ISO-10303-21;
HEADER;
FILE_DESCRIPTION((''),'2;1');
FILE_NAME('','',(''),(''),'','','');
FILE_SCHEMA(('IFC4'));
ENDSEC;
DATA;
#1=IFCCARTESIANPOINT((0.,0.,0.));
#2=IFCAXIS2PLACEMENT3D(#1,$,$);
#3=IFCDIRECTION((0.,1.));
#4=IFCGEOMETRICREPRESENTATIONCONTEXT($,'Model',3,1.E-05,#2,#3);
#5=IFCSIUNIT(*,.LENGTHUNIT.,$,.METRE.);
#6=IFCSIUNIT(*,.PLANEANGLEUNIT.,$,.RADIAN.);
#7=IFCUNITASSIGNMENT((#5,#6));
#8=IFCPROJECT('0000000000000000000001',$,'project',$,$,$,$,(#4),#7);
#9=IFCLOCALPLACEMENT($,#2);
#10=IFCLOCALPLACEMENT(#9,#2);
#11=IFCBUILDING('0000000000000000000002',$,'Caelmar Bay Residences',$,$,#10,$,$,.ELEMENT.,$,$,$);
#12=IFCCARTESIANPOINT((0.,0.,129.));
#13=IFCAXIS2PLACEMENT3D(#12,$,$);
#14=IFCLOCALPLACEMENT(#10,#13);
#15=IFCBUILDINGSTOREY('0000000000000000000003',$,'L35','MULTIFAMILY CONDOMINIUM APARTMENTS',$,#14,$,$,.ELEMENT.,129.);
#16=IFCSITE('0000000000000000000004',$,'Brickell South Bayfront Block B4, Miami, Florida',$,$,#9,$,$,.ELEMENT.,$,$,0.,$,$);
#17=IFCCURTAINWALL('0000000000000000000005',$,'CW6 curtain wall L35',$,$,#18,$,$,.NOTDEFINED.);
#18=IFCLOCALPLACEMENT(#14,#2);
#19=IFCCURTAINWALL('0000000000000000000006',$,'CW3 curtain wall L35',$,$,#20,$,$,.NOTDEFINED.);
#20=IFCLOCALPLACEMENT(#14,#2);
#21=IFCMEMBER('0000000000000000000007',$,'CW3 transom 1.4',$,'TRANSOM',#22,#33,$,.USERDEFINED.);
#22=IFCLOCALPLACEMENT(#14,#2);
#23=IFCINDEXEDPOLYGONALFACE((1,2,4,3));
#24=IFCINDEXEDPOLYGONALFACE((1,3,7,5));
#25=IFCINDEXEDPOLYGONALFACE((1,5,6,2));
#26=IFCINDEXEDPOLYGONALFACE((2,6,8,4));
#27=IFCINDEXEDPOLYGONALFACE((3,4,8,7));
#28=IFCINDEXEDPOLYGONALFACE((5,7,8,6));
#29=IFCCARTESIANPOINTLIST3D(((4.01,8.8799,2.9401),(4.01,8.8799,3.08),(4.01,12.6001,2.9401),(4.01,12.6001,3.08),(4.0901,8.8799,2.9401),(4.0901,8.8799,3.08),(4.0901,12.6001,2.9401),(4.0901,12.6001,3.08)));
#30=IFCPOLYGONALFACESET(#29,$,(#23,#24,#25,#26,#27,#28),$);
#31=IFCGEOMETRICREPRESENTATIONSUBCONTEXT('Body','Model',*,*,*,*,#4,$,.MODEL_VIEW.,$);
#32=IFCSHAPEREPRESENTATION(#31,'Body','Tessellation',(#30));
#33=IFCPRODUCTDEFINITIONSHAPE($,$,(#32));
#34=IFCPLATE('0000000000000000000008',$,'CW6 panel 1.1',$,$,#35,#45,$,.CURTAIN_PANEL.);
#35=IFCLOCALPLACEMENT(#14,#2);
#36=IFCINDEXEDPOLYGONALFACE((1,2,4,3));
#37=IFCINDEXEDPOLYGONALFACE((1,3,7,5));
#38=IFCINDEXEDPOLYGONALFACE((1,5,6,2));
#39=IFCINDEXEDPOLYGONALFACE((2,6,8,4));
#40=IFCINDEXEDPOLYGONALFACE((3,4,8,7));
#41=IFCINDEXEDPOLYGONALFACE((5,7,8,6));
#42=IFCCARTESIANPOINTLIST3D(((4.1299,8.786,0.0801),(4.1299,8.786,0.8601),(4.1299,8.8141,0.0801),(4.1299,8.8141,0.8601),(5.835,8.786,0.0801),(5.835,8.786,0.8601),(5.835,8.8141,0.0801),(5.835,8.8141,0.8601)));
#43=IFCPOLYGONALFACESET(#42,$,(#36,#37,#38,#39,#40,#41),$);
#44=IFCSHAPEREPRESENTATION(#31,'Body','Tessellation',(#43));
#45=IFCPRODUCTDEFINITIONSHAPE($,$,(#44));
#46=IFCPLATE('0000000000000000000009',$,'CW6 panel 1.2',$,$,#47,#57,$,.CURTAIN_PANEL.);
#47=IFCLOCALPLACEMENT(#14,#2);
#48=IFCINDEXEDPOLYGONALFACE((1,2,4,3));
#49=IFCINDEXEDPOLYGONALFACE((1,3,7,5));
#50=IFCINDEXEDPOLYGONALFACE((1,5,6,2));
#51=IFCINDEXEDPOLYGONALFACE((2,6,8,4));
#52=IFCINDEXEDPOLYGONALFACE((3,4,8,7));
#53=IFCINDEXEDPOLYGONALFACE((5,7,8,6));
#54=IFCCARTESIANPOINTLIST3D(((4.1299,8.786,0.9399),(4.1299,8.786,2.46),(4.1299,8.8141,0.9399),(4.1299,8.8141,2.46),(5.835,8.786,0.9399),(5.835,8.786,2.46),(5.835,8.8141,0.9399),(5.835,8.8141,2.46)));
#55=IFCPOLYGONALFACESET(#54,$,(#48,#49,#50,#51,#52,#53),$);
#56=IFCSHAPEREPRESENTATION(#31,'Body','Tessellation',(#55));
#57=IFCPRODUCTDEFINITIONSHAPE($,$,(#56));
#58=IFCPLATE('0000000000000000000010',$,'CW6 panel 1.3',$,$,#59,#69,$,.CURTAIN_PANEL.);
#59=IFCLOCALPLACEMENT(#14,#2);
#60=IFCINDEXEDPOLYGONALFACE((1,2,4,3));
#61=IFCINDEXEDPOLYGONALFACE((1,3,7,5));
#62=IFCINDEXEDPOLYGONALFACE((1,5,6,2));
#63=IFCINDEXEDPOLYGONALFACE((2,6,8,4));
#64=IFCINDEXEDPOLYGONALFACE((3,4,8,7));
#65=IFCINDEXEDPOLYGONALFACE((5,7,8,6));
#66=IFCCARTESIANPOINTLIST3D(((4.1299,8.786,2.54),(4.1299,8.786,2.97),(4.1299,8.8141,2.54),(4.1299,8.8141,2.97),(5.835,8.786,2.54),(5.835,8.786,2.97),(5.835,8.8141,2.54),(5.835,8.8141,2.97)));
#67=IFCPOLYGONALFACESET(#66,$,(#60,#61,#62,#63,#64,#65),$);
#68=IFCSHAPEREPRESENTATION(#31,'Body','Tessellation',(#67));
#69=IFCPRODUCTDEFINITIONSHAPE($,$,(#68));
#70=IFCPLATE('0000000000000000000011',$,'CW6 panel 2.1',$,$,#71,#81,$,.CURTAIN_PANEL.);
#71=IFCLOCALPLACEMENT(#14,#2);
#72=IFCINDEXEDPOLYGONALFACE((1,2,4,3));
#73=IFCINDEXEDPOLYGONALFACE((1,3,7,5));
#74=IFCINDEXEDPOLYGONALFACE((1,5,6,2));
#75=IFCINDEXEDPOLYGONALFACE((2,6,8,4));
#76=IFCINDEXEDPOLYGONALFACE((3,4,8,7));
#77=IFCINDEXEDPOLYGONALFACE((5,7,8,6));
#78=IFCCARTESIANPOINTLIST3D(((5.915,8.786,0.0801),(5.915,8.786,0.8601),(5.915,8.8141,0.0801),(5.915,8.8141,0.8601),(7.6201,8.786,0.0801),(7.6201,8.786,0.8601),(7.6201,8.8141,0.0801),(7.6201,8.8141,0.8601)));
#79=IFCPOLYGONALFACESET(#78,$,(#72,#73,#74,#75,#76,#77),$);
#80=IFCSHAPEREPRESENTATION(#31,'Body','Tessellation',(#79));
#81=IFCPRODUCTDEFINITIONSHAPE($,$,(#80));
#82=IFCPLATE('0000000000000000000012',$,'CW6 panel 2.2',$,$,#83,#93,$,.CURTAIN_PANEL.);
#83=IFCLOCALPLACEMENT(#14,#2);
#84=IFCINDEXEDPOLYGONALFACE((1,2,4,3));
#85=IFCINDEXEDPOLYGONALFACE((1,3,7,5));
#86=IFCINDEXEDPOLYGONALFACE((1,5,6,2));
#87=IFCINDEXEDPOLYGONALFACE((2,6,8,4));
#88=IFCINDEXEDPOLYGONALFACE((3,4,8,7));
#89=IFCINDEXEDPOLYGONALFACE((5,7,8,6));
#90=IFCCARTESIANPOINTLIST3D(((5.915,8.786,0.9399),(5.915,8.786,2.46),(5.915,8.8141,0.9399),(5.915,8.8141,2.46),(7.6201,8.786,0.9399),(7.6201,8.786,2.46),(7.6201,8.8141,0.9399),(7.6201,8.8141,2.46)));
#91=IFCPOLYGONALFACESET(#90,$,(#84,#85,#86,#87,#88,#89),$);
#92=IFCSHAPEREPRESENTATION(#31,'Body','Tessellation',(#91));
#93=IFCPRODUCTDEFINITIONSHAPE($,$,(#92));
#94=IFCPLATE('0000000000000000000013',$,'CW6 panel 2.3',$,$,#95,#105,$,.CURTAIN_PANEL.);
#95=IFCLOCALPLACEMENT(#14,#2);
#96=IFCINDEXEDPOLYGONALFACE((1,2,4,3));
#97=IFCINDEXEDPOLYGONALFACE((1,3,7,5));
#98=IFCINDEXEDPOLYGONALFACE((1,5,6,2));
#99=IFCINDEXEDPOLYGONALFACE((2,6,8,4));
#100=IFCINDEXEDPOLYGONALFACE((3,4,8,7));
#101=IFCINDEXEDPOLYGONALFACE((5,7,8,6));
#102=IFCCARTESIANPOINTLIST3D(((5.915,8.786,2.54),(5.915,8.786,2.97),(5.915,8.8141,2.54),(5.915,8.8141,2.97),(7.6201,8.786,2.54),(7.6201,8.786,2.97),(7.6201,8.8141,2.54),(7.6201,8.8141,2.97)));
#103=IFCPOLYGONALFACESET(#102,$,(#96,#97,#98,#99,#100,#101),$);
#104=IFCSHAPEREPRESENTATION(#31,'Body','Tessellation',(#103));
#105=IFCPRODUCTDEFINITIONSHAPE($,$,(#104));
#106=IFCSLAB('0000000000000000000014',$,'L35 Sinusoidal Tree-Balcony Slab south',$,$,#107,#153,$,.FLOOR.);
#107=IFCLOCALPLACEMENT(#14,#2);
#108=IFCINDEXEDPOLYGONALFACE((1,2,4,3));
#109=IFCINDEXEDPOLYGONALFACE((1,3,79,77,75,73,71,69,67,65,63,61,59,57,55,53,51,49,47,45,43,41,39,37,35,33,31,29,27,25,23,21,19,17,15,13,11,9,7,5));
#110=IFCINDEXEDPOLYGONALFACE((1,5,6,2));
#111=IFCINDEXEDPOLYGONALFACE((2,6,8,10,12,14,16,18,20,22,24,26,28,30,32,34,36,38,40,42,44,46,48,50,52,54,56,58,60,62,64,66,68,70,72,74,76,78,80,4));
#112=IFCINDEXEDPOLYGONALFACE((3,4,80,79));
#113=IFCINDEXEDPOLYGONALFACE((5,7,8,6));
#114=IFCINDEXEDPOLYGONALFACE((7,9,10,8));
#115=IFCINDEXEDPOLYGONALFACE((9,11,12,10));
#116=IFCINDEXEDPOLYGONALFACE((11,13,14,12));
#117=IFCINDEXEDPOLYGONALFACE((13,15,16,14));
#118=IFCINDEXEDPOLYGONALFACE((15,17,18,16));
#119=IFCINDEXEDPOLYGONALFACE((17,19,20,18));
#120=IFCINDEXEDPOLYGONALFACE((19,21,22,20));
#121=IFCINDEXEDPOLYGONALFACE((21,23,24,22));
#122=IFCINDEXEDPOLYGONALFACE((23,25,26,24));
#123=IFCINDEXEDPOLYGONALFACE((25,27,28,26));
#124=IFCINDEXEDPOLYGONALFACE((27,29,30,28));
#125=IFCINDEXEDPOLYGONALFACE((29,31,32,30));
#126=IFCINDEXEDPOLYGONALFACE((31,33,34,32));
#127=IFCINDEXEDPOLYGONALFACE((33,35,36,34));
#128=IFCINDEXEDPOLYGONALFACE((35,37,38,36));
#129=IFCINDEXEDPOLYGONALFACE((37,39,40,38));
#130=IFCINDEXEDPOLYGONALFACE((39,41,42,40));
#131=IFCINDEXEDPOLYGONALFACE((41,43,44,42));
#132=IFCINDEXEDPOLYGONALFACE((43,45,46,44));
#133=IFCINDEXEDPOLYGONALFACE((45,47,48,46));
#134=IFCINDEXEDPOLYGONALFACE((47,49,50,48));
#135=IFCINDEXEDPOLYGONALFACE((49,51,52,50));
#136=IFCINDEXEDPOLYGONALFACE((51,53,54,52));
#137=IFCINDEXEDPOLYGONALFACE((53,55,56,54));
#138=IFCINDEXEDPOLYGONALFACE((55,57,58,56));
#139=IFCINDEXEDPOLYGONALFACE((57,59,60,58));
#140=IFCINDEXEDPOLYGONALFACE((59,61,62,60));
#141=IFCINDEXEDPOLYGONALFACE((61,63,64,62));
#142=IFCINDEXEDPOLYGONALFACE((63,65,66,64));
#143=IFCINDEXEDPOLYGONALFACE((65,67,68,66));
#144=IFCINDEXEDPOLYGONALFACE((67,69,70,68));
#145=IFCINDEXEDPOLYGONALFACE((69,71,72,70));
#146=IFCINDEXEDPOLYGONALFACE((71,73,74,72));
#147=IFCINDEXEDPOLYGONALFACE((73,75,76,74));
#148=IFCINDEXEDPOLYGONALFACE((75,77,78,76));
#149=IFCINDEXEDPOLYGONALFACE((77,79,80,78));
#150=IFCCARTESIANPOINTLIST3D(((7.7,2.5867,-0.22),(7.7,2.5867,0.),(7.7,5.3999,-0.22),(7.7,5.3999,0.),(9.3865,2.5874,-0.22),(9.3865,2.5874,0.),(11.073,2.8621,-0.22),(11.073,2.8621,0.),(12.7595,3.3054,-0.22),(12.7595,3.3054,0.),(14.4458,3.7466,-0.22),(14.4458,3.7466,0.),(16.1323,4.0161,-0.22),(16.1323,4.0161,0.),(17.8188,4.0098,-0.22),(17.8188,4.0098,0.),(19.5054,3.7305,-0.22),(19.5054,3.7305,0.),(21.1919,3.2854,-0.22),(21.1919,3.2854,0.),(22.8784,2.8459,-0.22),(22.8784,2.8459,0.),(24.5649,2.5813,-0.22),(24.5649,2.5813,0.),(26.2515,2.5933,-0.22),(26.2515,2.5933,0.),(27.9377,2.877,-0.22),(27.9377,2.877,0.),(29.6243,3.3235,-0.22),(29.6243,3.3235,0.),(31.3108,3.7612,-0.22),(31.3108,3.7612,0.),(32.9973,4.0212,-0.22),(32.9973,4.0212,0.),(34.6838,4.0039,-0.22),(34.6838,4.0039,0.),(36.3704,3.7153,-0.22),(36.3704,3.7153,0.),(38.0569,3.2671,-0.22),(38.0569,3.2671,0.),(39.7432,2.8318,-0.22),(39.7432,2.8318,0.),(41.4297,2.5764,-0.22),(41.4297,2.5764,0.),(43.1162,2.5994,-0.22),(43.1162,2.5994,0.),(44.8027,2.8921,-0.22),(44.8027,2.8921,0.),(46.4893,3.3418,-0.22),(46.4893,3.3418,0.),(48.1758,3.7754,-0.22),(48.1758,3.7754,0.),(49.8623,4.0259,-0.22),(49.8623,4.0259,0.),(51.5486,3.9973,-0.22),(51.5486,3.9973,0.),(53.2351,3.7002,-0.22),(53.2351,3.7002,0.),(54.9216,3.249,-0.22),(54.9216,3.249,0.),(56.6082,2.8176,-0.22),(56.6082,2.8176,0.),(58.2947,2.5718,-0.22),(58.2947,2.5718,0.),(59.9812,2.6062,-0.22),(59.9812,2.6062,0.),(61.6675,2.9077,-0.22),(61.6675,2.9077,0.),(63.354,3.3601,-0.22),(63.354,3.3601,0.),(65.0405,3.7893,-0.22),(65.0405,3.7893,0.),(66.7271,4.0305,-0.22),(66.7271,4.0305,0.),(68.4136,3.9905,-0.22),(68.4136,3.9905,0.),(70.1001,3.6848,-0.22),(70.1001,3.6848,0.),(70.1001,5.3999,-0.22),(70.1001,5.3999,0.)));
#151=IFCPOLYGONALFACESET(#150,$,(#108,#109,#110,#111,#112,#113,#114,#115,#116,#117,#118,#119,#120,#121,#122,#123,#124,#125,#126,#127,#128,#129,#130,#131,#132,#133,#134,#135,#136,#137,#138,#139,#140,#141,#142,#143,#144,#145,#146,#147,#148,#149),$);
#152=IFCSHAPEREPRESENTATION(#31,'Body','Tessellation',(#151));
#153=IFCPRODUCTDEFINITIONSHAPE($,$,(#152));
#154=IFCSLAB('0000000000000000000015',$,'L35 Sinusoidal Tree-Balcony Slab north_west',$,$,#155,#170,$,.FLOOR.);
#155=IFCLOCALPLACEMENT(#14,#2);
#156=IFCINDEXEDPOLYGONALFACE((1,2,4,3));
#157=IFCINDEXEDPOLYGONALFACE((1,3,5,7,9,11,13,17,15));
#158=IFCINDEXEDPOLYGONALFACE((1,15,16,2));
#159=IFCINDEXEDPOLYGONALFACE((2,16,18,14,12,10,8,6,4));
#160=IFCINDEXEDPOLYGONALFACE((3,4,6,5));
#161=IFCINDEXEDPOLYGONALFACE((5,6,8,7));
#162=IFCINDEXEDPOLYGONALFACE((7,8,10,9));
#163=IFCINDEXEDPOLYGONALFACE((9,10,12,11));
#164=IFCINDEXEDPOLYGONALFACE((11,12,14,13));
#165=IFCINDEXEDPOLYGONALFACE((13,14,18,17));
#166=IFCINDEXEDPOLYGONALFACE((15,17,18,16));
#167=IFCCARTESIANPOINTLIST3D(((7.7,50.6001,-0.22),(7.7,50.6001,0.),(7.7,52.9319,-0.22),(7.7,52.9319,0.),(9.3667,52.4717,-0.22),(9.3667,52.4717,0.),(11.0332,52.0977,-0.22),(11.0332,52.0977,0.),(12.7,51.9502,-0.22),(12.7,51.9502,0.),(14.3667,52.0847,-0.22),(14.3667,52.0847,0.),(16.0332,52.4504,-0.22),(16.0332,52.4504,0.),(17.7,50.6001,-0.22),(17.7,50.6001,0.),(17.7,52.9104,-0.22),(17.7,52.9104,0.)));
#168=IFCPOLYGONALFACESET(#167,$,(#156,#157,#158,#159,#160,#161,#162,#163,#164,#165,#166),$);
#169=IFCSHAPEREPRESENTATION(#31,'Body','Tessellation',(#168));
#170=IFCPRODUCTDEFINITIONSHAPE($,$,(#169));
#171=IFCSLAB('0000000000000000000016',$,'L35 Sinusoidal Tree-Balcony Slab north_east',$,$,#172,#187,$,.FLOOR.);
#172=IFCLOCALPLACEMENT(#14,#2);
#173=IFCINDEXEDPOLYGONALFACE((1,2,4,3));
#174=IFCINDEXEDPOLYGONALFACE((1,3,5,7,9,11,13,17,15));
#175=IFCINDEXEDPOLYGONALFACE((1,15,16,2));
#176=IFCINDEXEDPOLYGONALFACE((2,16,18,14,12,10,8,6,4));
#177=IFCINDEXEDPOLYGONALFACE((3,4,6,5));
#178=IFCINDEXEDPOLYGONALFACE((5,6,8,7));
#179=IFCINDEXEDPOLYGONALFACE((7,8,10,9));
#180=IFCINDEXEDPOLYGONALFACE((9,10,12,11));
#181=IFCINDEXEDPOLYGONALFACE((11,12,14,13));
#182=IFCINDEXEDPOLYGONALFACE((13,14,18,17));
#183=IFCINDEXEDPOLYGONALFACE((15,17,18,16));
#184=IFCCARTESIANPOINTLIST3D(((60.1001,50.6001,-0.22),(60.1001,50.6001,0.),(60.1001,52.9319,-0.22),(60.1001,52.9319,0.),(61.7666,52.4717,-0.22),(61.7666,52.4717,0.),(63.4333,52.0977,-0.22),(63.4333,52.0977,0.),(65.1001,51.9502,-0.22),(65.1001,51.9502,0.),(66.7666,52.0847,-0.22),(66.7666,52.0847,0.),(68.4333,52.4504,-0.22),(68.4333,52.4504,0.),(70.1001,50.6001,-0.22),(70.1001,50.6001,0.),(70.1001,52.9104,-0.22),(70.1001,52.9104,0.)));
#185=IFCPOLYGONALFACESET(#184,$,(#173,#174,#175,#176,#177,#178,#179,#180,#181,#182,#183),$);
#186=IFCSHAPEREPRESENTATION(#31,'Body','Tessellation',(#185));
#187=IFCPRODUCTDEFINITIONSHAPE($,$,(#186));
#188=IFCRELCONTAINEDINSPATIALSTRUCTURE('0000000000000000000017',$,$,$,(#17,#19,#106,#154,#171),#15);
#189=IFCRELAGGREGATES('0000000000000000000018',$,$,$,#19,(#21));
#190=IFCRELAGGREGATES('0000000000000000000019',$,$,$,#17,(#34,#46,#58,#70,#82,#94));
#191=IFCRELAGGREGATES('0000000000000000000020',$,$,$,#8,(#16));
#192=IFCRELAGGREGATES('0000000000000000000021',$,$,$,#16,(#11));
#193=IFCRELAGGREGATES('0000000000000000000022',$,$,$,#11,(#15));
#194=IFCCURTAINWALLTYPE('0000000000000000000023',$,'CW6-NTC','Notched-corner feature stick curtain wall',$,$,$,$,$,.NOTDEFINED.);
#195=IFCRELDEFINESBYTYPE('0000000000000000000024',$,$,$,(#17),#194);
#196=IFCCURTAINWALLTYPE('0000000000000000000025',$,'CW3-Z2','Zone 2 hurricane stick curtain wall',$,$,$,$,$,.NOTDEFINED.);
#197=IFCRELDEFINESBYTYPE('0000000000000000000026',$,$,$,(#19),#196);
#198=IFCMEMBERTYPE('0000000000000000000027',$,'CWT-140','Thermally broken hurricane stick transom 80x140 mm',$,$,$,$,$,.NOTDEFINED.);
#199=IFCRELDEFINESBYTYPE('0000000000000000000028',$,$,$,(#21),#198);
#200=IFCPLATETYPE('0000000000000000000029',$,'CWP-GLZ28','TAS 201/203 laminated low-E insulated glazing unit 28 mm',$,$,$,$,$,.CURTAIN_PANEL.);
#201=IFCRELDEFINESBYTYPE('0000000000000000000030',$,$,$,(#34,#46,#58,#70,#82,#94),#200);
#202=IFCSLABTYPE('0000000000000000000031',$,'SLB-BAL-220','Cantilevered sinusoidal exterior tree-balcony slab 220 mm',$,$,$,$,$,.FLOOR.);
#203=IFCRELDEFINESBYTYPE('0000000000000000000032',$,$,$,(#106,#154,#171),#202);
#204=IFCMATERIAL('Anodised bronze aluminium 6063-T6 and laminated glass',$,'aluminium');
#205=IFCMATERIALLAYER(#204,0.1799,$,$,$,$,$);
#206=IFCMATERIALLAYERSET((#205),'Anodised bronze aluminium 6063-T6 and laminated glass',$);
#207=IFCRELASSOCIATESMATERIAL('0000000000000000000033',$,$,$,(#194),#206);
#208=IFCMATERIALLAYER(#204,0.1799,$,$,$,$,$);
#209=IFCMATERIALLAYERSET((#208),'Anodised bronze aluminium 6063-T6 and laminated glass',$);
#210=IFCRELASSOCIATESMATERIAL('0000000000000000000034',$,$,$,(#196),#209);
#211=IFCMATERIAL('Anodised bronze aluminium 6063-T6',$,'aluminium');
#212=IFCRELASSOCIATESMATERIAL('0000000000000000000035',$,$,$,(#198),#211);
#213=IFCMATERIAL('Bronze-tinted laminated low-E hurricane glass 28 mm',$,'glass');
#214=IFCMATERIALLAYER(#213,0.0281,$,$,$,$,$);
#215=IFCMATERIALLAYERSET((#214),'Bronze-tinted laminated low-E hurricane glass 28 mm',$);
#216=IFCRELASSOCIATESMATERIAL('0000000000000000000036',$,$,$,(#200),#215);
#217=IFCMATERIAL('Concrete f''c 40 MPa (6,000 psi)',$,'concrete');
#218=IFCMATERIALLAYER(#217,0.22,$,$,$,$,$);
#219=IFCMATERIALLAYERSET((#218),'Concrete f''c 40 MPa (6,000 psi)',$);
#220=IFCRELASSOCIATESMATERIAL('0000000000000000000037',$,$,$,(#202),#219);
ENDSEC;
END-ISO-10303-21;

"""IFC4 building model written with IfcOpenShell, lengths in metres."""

from ifc_helpers import new_model, si_unit, direction, frame, origin, origin_2d, place, context, subcontext, project, spatial, polyline, rectangle, outline, extrude, material, layer, layer_set, material_profile, profile_set, type_object, element, aggregate, save


model = new_model("IFC4")

# Units and contexts
model_context = context("Model", 3, precision=1e-05, world=origin(), true_north=direction((0.0, 1.0)))
body_context = subcontext(model_context, "Body", "Model", "MODEL_VIEW")
ifc_project = project(units=[si_unit("LENGTHUNIT", "METRE"), si_unit("PLANEANGLEUNIT", "RADIAN")], contexts=[model_context])

# Site, building, storey
site_placement = place(None, origin())
site = spatial("IfcSite", under=ifc_project, at=site_placement, Name="Brickell South Bayfront Block B4, Miami, Florida", CompositionType="ELEMENT", RefElevation=0.0)
building_placement = place(site_placement, origin())
building = spatial("IfcBuilding", under=site, at=building_placement, Name="Caelmar Bay Residences", CompositionType="ELEMENT")
storey_placement = place(building_placement, frame((0.0, 0.0, 129.0)))
storey = spatial("IfcBuildingStorey", under=building, at=storey_placement, Name="L35", Description="MULTIFAMILY CONDOMINIUM APARTMENTS", CompositionType="ELEMENT", Elevation=129.0)

# Curtain wall
ifc_material_1 = material(Name="Anodised bronze aluminium 6063-T6 and laminated glass", Category="aluminium")
ifc_layer_1 = layer(ifc_material_1, 0.1799)
ifc_layer_set_1 = layer_set([ifc_layer_1], Name="Anodised bronze aluminium 6063-T6 and laminated glass")
curtain_wall_type_1 = type_object("IfcCurtainWallType", Name="CW6-NTC", Description="Notched-corner feature stick curtain wall", PredefinedType="NOTDEFINED", material=ifc_layer_set_1)
curtain_wall_1_placement = place(storey_placement, origin())
curtain_wall_1 = element("IfcCurtainWall", 1, at=curtain_wall_1_placement, inside=storey, type_object=curtain_wall_type_1, Name="CW6 curtain wall L35", PredefinedType="NOTDEFINED")
ifc_material_2 = material(Name="Anodised bronze aluminium 6063-T6", Category="aluminium")

# Curtain wall
ifc_layer_2 = layer(ifc_material_1, 0.1799)
ifc_layer_set_2 = layer_set([ifc_layer_2], Name="Anodised bronze aluminium 6063-T6 and laminated glass")
curtain_wall_type_2 = type_object("IfcCurtainWallType", Name="CW3-Z2", Description="Zone 2 hurricane stick curtain wall", PredefinedType="NOTDEFINED", material=ifc_layer_set_2)
curtain_wall_2_placement = place(storey_placement, origin())
curtain_wall_2 = element("IfcCurtainWall", 2, at=curtain_wall_2_placement, inside=storey, type_object=curtain_wall_type_2, Name="CW3 curtain wall L35", PredefinedType="NOTDEFINED")

# Member
ifc_material_profile_1 = material_profile(ifc_material_2, rectangle(XDim=0.0801, YDim=0.1399, at=origin_2d()), Name="CWT-80X140")
ifc_profile_set_1 = profile_set([ifc_material_profile_1], Name="Anodised bronze aluminium 6063-T6")
member_type_1 = type_object("IfcMemberType", Name="CWT-140", Description="Thermally broken hurricane stick transom 80x140 mm", PredefinedType="NOTDEFINED", material=ifc_profile_set_1)
member_1_placement = place(storey_placement, frame((4.05, 8.8799, 3.01), z_axis=(0.0, 1.0, 0.0), x_axis=(-1.0, 0.0, 0.0)))
member_1 = element("IfcMember", 3, at=member_1_placement, type_object=member_type_1, Name="CW3 transom 1.4", ObjectType="TRANSOM", PredefinedType="USERDEFINED", context=body_context, shape_type="SweptSolid", body=[
    extrude(rectangle(XDim=0.0801, YDim=0.1399, at=origin_2d()), origin(), (0.0, 0.0, 1.0), 3.7202),
])
aggregate(curtain_wall_2, [member_1])

# Plates
ifc_material_3 = material(Name="Bronze-tinted laminated low-E hurricane glass 28 mm", Category="glass")
ifc_layer_3 = layer(ifc_material_3, 0.0281)
ifc_layer_set_3 = layer_set([ifc_layer_3], Name="Bronze-tinted laminated low-E hurricane glass 28 mm")
plate_type = type_object("IfcPlateType", Name="CWP-GLZ28", Description="TAS 201/203 laminated low-E insulated glazing unit 28 mm", PredefinedType="CURTAIN_PANEL", material=ifc_layer_set_3)
plate_1_placement = place(storey_placement, frame((4.9824, 8.8, 0.0801), z_axis=(0.0, 0.0, 1.0), x_axis=(1.0, 0.0, 0.0)))
plate_1 = element("IfcPlate", 4, at=plate_1_placement, type_object=plate_type, Name="CW6 panel 1.1", PredefinedType="CURTAIN_PANEL", context=body_context, shape_type="SweptSolid", body=[
    extrude(rectangle(XDim=1.7051, YDim=0.0281, at=origin_2d()), origin(), (0.0, 0.0, 1.0), 0.78),
])
plate_2_placement = place(storey_placement, frame((4.9824, 8.8, 0.9399), z_axis=(0.0, 0.0, 1.0), x_axis=(1.0, 0.0, 0.0)))
plate_2 = element("IfcPlate", 5, at=plate_2_placement, type_object=plate_type, Name="CW6 panel 1.2", PredefinedType="CURTAIN_PANEL", context=body_context, shape_type="SweptSolid", body=[
    extrude(rectangle(XDim=1.7051, YDim=0.0281, at=origin_2d()), origin(), (0.0, 0.0, 1.0), 1.52),
])
plate_3_placement = place(storey_placement, frame((4.9824, 8.8, 2.54), z_axis=(0.0, 0.0, 1.0), x_axis=(1.0, 0.0, 0.0)))
plate_3 = element("IfcPlate", 6, at=plate_3_placement, type_object=plate_type, Name="CW6 panel 1.3", PredefinedType="CURTAIN_PANEL", context=body_context, shape_type="SweptSolid", body=[
    extrude(rectangle(XDim=1.7051, YDim=0.0281, at=origin_2d()), origin(), (0.0, 0.0, 1.0), 0.4299),
])
plate_4_placement = place(storey_placement, frame((6.7676, 8.8, 0.0801), z_axis=(0.0, 0.0, 1.0), x_axis=(1.0, 0.0, 0.0)))
plate_4 = element("IfcPlate", 7, at=plate_4_placement, type_object=plate_type, Name="CW6 panel 2.1", PredefinedType="CURTAIN_PANEL", context=body_context, shape_type="SweptSolid", body=[
    extrude(rectangle(XDim=1.7051, YDim=0.0281, at=origin_2d()), origin(), (0.0, 0.0, 1.0), 0.78),
])
plate_5_placement = place(storey_placement, frame((6.7676, 8.8, 0.9399), z_axis=(0.0, 0.0, 1.0), x_axis=(1.0, 0.0, 0.0)))
plate_5 = element("IfcPlate", 8, at=plate_5_placement, type_object=plate_type, Name="CW6 panel 2.2", PredefinedType="CURTAIN_PANEL", context=body_context, shape_type="SweptSolid", body=[
    extrude(rectangle(XDim=1.7051, YDim=0.0281, at=origin_2d()), origin(), (0.0, 0.0, 1.0), 1.52),
])
plate_6_placement = place(storey_placement, frame((6.7676, 8.8, 2.54), z_axis=(0.0, 0.0, 1.0), x_axis=(1.0, 0.0, 0.0)))
plate_6 = element("IfcPlate", 9, at=plate_6_placement, type_object=plate_type, Name="CW6 panel 2.3", PredefinedType="CURTAIN_PANEL", context=body_context, shape_type="SweptSolid", body=[
    extrude(rectangle(XDim=1.7051, YDim=0.0281, at=origin_2d()), origin(), (0.0, 0.0, 1.0), 0.4299),
])
aggregate(curtain_wall_1, [plate_1, plate_2, plate_3, plate_4, plate_5, plate_6])

# Slabs
ifc_material_4 = material(Name="Concrete f'c 40 MPa (6,000 psi)", Category="concrete")
ifc_layer_4 = layer(ifc_material_4, 0.22)
ifc_layer_set_4 = layer_set([ifc_layer_4], Name="Concrete f'c 40 MPa (6,000 psi)")
slab_type_1 = type_object("IfcSlabType", Name="SLB-BAL-220", Description="Cantilevered sinusoidal exterior tree-balcony slab 220 mm", PredefinedType="FLOOR", material=ifc_layer_set_4)
slab_1_placement = place(storey_placement, frame((0.0, 0.0, -0.22)))
element("IfcSlab", 10, at=slab_1_placement, inside=storey, type_object=slab_type_1, Name="L35 Sinusoidal Tree-Balcony Slab south", PredefinedType="FLOOR", context=body_context, shape_type="SweptSolid", body=[
    extrude(outline(polyline([(7.7, 2.5867), (9.3865, 2.5874), (11.073, 2.8621), (12.7595, 3.3054), (14.4458, 3.7466), (16.1323, 4.0161), (17.8188, 4.0098), (19.5054, 3.7305), (21.1919, 3.2854), (22.8784, 2.8459), (24.5649, 2.5813), (26.2515, 2.5933), (27.9377, 2.877), (29.6243, 3.3235), (31.3108, 3.7612), (32.9973, 4.0212), (34.6838, 4.0039), (36.3704, 3.7153), (38.0569, 3.2671), (39.7432, 2.8318), (41.4297, 2.5764), (43.1162, 2.5994), (44.8027, 2.8921), (46.4893, 3.3418), (48.1758, 3.7754), (49.8623, 4.0259), (51.5486, 3.9973), (53.2351, 3.7002), (54.9216, 3.249), (56.6082, 2.8176), (58.2947, 2.5718), (59.9812, 2.6062), (61.6675, 2.9077), (63.354, 3.3601), (65.0405, 3.7893), (66.7271, 4.0305), (68.4136, 3.9905), (70.1001, 3.6848), (70.1001, 5.3999), (7.7, 5.3999), (7.7, 2.5867)])), origin(), (0.0, 0.0, 1.0), 0.22),
])
slab_2_placement = place(storey_placement, frame((0.0, 0.0, -0.22)))
element("IfcSlab", 11, at=slab_2_placement, inside=storey, type_object=slab_type_1, Name="L35 Sinusoidal Tree-Balcony Slab north_west", PredefinedType="FLOOR", context=body_context, shape_type="SweptSolid", body=[
    extrude(outline(polyline([(7.7, 50.6001), (17.7, 50.6001), (17.7, 52.9104), (16.0332, 52.4504), (14.3667, 52.0847), (12.7, 51.9502), (11.0332, 52.0977), (9.3667, 52.4717), (7.7, 52.9319), (7.7, 50.6001)])), origin(), (0.0, 0.0, 1.0), 0.22),
])
slab_3_placement = place(storey_placement, frame((0.0, 0.0, -0.22)))
element("IfcSlab", 12, at=slab_3_placement, inside=storey, type_object=slab_type_1, Name="L35 Sinusoidal Tree-Balcony Slab north_east", PredefinedType="FLOOR", context=body_context, shape_type="SweptSolid", body=[
    extrude(outline(polyline([(60.1001, 50.6001), (70.1001, 50.6001), (70.1001, 52.9104), (68.4333, 52.4504), (66.7666, 52.0847), (65.1001, 51.9502), (63.4333, 52.0977), (61.7666, 52.4717), (60.1001, 52.9319), (60.1001, 50.6001)])), origin(), (0.0, 0.0, 1.0), 0.22),
])

save(model, "model.ifc")
